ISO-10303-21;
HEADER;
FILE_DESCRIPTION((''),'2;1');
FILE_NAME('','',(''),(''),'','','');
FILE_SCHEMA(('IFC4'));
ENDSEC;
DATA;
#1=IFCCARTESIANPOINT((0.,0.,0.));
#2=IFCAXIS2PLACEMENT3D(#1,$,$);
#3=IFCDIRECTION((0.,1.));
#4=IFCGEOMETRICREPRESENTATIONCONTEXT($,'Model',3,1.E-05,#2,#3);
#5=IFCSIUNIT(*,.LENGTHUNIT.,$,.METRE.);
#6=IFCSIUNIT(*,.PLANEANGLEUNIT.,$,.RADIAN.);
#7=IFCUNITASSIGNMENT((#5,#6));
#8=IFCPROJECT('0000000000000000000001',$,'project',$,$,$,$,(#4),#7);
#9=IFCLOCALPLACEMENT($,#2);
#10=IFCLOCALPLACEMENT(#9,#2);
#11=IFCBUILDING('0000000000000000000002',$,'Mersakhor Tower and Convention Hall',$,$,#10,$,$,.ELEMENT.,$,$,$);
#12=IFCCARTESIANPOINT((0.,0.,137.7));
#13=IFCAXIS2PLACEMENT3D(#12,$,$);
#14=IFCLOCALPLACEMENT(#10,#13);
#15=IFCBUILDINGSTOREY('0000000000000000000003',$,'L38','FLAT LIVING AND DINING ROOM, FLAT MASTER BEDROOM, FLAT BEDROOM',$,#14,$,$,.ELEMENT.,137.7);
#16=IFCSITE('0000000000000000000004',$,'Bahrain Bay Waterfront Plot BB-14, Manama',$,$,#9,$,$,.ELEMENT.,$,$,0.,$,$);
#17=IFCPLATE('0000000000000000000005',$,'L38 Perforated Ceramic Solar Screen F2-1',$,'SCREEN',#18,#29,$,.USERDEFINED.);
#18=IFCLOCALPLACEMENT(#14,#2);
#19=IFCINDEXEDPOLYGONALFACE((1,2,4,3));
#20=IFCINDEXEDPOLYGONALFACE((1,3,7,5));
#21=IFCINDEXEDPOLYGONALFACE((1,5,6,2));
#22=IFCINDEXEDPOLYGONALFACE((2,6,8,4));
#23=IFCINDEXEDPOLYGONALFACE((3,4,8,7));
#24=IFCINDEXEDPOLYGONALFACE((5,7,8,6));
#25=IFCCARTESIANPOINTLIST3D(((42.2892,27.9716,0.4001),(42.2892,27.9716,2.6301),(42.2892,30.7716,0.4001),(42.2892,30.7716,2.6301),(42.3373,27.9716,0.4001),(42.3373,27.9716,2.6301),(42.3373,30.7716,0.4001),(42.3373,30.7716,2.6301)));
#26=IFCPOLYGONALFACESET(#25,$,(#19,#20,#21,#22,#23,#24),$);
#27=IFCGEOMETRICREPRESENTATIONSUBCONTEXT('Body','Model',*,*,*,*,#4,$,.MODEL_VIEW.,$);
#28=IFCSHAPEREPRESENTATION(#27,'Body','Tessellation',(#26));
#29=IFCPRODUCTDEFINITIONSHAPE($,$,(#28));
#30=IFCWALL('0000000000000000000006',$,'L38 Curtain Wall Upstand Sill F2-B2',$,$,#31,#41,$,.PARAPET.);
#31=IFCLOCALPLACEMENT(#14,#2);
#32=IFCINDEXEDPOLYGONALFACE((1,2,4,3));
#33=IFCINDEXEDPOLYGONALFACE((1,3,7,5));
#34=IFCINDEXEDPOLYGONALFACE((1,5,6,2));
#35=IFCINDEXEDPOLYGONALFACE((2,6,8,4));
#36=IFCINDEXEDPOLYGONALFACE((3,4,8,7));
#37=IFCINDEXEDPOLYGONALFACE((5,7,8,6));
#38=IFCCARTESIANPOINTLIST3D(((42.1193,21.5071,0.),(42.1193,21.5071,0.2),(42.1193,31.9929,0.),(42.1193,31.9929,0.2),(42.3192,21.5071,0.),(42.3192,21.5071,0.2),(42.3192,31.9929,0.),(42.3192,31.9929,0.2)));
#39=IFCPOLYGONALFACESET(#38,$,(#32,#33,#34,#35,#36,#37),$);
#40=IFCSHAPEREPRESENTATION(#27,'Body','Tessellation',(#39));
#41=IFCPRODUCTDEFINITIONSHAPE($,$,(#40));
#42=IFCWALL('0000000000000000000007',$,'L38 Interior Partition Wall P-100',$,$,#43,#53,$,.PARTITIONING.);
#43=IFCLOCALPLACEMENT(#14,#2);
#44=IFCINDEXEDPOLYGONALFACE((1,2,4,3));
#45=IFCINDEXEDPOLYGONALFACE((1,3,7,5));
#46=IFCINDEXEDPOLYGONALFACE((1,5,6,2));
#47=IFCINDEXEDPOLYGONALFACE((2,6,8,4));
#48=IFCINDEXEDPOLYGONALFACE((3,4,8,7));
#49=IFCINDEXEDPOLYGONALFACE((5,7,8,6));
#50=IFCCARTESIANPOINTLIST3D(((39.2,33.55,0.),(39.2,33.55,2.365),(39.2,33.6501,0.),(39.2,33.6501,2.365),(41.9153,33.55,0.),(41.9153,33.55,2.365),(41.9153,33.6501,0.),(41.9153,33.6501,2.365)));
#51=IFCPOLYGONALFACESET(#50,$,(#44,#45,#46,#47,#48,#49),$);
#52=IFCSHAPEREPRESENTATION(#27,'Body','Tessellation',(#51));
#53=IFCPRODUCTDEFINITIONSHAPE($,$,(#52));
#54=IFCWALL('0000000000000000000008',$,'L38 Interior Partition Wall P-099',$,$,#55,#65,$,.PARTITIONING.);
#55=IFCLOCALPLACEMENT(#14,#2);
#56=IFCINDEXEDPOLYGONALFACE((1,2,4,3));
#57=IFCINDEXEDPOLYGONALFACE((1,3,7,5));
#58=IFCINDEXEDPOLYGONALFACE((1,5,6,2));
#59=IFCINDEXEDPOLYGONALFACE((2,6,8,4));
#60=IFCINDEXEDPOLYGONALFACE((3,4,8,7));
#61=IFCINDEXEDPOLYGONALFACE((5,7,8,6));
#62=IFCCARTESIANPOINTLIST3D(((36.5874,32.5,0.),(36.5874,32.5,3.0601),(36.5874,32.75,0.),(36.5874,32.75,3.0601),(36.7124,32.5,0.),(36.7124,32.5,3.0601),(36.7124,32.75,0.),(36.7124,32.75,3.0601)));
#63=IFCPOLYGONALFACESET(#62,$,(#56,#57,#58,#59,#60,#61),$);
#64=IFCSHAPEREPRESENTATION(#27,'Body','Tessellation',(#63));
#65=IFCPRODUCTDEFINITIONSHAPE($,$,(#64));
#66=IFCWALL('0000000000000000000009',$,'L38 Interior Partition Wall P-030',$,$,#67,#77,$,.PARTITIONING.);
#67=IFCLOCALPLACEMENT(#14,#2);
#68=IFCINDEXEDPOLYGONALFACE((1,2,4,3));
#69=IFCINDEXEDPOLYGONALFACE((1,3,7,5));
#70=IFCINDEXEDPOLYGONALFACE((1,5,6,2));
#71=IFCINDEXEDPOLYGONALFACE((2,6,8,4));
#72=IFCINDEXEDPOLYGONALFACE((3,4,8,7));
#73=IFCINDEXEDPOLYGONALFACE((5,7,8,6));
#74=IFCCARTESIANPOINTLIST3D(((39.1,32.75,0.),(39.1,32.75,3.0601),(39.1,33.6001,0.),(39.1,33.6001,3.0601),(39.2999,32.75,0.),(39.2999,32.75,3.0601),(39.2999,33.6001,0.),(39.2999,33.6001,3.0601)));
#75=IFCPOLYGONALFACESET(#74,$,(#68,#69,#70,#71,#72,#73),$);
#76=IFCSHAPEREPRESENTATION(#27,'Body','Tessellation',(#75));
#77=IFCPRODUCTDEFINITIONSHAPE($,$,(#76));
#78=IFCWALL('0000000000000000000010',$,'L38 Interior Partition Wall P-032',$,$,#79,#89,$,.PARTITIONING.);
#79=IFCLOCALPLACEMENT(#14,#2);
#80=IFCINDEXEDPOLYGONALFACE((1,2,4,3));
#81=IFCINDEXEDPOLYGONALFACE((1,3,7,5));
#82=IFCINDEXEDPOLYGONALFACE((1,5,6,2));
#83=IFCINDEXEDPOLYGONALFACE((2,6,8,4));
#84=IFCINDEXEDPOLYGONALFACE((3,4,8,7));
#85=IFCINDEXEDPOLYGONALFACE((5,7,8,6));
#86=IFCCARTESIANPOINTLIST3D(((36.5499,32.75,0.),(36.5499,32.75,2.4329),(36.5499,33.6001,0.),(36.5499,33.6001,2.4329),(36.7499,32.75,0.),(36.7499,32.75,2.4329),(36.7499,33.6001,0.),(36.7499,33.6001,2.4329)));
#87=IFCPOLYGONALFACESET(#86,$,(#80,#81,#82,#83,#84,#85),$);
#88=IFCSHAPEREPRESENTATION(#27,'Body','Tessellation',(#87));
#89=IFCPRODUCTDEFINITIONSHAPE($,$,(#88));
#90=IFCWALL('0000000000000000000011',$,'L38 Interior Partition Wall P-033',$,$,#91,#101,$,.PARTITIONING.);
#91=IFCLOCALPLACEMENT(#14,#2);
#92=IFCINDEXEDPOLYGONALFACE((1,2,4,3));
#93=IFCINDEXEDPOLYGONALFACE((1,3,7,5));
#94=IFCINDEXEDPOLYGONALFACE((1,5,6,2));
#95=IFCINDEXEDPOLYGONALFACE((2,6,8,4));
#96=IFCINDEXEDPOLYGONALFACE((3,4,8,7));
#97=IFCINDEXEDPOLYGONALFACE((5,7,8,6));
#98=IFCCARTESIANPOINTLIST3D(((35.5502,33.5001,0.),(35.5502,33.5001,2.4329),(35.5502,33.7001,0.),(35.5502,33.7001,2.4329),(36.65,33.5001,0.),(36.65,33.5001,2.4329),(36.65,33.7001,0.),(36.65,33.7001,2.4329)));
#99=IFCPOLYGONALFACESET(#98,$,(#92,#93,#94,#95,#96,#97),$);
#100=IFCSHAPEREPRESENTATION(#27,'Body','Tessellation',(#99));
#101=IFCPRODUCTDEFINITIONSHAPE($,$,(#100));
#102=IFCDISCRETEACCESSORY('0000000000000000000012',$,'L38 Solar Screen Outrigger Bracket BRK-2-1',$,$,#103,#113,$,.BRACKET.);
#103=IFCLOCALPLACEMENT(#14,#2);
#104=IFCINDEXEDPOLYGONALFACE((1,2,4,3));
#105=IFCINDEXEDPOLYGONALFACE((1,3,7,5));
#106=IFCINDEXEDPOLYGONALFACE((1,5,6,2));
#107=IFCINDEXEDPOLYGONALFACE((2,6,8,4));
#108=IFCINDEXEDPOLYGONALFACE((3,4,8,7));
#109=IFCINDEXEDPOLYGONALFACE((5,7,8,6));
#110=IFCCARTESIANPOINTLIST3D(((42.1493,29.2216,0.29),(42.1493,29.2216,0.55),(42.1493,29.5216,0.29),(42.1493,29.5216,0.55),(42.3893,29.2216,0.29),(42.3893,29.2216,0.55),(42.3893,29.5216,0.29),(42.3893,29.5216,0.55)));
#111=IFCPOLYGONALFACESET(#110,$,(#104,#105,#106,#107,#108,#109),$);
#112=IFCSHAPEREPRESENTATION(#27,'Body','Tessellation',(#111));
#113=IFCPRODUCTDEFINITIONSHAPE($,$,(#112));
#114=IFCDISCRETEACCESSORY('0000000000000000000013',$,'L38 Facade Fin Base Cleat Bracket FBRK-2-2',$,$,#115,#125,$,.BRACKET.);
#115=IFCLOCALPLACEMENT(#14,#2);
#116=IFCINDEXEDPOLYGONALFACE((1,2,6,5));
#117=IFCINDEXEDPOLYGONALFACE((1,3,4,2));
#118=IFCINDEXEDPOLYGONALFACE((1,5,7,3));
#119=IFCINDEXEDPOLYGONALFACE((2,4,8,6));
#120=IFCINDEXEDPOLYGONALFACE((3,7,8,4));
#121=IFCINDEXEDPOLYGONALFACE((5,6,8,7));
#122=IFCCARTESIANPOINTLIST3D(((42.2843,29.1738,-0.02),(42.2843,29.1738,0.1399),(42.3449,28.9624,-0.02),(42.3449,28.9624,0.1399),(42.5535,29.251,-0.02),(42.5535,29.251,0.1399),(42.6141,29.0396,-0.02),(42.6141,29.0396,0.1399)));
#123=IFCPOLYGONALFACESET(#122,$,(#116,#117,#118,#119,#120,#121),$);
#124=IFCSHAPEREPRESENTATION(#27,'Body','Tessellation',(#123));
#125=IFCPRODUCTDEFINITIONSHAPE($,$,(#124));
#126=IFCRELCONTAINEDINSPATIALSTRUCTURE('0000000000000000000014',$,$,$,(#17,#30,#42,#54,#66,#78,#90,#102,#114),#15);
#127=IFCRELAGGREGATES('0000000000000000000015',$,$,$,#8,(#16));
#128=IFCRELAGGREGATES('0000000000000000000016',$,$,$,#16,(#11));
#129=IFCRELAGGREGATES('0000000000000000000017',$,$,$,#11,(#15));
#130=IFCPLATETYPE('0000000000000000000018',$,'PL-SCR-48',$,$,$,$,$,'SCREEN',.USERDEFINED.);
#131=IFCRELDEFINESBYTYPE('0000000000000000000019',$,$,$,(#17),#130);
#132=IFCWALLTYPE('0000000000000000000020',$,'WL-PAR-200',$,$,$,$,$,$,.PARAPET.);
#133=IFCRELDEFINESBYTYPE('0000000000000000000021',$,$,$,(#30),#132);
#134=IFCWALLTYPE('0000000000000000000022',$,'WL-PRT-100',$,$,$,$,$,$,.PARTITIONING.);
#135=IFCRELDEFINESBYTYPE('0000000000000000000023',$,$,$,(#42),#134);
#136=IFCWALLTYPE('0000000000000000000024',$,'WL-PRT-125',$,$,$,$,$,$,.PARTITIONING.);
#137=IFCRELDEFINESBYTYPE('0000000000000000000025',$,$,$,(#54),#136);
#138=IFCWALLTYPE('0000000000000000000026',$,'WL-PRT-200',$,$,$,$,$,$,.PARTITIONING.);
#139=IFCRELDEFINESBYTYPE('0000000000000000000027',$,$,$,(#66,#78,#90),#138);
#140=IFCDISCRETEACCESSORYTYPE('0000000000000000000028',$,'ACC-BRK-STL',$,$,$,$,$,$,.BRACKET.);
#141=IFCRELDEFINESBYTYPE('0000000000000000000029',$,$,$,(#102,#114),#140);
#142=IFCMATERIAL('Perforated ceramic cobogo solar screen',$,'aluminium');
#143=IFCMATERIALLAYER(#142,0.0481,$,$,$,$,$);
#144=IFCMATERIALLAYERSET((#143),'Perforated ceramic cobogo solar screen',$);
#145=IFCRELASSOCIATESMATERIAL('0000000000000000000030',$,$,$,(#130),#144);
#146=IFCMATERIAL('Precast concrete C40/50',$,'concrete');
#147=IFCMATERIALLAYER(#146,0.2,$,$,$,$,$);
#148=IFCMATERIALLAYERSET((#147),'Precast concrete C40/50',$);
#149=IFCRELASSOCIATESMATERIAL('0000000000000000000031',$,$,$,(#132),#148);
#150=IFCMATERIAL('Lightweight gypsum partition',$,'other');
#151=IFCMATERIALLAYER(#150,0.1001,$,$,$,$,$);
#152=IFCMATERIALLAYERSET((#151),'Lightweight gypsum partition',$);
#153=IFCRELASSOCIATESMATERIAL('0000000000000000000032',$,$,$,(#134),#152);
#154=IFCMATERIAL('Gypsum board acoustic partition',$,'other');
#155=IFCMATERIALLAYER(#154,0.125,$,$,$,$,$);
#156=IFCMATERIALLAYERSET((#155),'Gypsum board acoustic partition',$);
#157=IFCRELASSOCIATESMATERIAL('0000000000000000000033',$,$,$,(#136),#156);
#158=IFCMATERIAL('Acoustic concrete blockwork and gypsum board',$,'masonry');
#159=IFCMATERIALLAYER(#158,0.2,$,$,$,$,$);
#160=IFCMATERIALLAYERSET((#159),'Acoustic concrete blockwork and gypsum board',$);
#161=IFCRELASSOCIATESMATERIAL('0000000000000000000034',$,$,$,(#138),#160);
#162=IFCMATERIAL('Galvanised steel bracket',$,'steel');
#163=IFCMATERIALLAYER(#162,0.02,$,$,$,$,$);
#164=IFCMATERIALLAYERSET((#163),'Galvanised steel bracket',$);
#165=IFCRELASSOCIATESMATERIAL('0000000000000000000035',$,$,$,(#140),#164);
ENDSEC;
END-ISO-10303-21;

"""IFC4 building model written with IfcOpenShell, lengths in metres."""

from ifc_helpers import new_model, si_unit, direction, frame, frame_2d, origin, origin_2d, place, context, subcontext, project, spatial, rectangle, extrude, material, layer, layer_set, type_object, element, save


model = new_model("IFC4")

# Units and contexts
model_context = context("Model", 3, precision=1e-05, world=origin(), true_north=direction((0.0, 1.0)))
body_context = subcontext(model_context, "Body", "Model", "MODEL_VIEW")
ifc_project = project(units=[si_unit("LENGTHUNIT", "METRE"), si_unit("PLANEANGLEUNIT", "RADIAN")], contexts=[model_context])

# Site, building, storey
site_placement = place(None, origin())
site = spatial("IfcSite", under=ifc_project, at=site_placement, Name="Bahrain Bay Waterfront Plot BB-14, Manama", CompositionType="ELEMENT", RefElevation=0.0)
building_placement = place(site_placement, origin())
building = spatial("IfcBuilding", under=site, at=building_placement, Name="Mersakhor Tower and Convention Hall", CompositionType="ELEMENT")
storey_placement = place(building_placement, frame((0.0, 0.0, 137.7)))
storey = spatial("IfcBuildingStorey", under=building, at=storey_placement, Name="L38", Description="FLAT LIVING AND DINING ROOM, FLAT MASTER BEDROOM, FLAT BEDROOM", CompositionType="ELEMENT", Elevation=137.7)

# Plate
ifc_material_1 = material(Name="Perforated ceramic cobogo solar screen", Category="aluminium")
ifc_layer_1 = layer(ifc_material_1, 0.0481)
ifc_layer_set_1 = layer_set([ifc_layer_1], Name="Perforated ceramic cobogo solar screen")
plate_type_1 = type_object("IfcPlateType", Name="PL-SCR-48", ElementType="SCREEN", PredefinedType="USERDEFINED", material=ifc_layer_set_1)
plate_1_placement = place(storey_placement, frame((42.3132, 29.3716, 0.4001), z_axis=(0.0, 0.0, 1.0), x_axis=(0.0, -1.0, 0.0)))
element("IfcPlate", 1, at=plate_1_placement, inside=storey, type_object=plate_type_1, Name="L38 Perforated Ceramic Solar Screen F2-1", ObjectType="SCREEN", PredefinedType="USERDEFINED", context=body_context, shape_type="SweptSolid", body=[
    extrude(rectangle(XDim=2.8, YDim=0.0481, at=origin_2d()), origin(), (0.0, 0.0, 1.0), 2.23),
])

# Walls
ifc_material_2 = material(Name="Precast concrete C40/50", Category="concrete")
ifc_layer_2 = layer(ifc_material_2, 0.2)
ifc_layer_set_2 = layer_set([ifc_layer_2], Name="Precast concrete C40/50")
wall_type_1 = type_object("IfcWallType", Name="WL-PAR-200", PredefinedType="PARAPET", material=ifc_layer_set_2)
wall_1_placement = place(storey_placement, frame((42.2192, 31.9929, 0.0), z_axis=(0.0, 0.0, 1.0), x_axis=(0.0, -1.0, 0.0)))
element("IfcWall", 2, at=wall_1_placement, inside=storey, type_object=wall_type_1, Name="L38 Curtain Wall Upstand Sill F2-B2", PredefinedType="PARAPET", context=body_context, shape_type="SweptSolid", body=[
    extrude(rectangle(XDim=10.4858, YDim=0.2, at=frame_2d((5.2429, 0.0))), origin(), (0.0, 0.0, 1.0), 0.2),
])
ifc_material_3 = material(Name="Lightweight gypsum partition", Category="other")
ifc_layer_3 = layer(ifc_material_3, 0.1001)
ifc_layer_set_3 = layer_set([ifc_layer_3], Name="Lightweight gypsum partition")
wall_type_2 = type_object("IfcWallType", Name="WL-PRT-100", PredefinedType="PARTITIONING", material=ifc_layer_set_3)
wall_2_placement = place(storey_placement, frame((39.2, 33.6001, 0.0), z_axis=(0.0, 0.0, 1.0), x_axis=(1.0, 0.0, 0.0)))
element("IfcWall", 3, at=wall_2_placement, inside=storey, type_object=wall_type_2, Name="L38 Interior Partition Wall P-100", PredefinedType="PARTITIONING", context=body_context, shape_type="SweptSolid", body=[
    extrude(rectangle(XDim=2.7153, YDim=0.1001, at=frame_2d((1.3577, 0.0))), origin(), (0.0, 0.0, 1.0), 2.365),
])
ifc_material_4 = material(Name="Gypsum board acoustic partition", Category="other")
ifc_layer_4 = layer(ifc_material_4, 0.125)
ifc_layer_set_4 = layer_set([ifc_layer_4], Name="Gypsum board acoustic partition")
wall_type_3 = type_object("IfcWallType", Name="WL-PRT-125", PredefinedType="PARTITIONING", material=ifc_layer_set_4)
wall_3_placement = place(storey_placement, frame((36.6499, 32.5, 0.0), z_axis=(0.0, 0.0, 1.0), x_axis=(0.0, 1.0, 0.0)))
element("IfcWall", 4, at=wall_3_placement, inside=storey, type_object=wall_type_3, Name="L38 Interior Partition Wall P-099", PredefinedType="PARTITIONING", context=body_context, shape_type="SweptSolid", body=[
    extrude(rectangle(XDim=0.25, YDim=0.125, at=frame_2d((0.125, 0.0))), origin(), (0.0, 0.0, 1.0), 3.0601),
])
ifc_material_5 = material(Name="Acoustic concrete blockwork and gypsum board", Category="masonry")
ifc_layer_5 = layer(ifc_material_5, 0.2)
ifc_layer_set_5 = layer_set([ifc_layer_5], Name="Acoustic concrete blockwork and gypsum board")
wall_type_4 = type_object("IfcWallType", Name="WL-PRT-200", PredefinedType="PARTITIONING", material=ifc_layer_set_5)
wall_4_placement = place(storey_placement, frame((39.2, 33.6001, 0.0), z_axis=(0.0, 0.0, 1.0), x_axis=(0.0, -1.0, 0.0)))
element("IfcWall", 5, at=wall_4_placement, inside=storey, type_object=wall_type_4, Name="L38 Interior Partition Wall P-030", PredefinedType="PARTITIONING", context=body_context, shape_type="SweptSolid", body=[
    extrude(rectangle(XDim=0.8501, YDim=0.2, at=frame_2d((0.425, 0.0))), origin(), (0.0, 0.0, 1.0), 3.0601),
])

# Walls
wall_5_placement = place(storey_placement, frame((36.6499, 32.75, 0.0), z_axis=(0.0, 0.0, 1.0), x_axis=(0.0, 1.0, 0.0)))
element("IfcWall", 6, at=wall_5_placement, inside=storey, type_object=wall_type_4, Name="L38 Interior Partition Wall P-032", PredefinedType="PARTITIONING", context=body_context, shape_type="SweptSolid", body=[
    extrude(rectangle(XDim=0.8501, YDim=0.2, at=frame_2d((0.425, 0.0))), origin(), (0.0, 0.0, 1.0), 2.4329),
])
wall_6_placement = place(storey_placement, frame((36.6499, 33.6001, 0.0), z_axis=(0.0, 0.0, 1.0), x_axis=(-1.0, 0.0, 0.0)))
element("IfcWall", 7, at=wall_6_placement, inside=storey, type_object=wall_type_4, Name="L38 Interior Partition Wall P-033", PredefinedType="PARTITIONING", context=body_context, shape_type="SweptSolid", body=[
    extrude(rectangle(XDim=1.0999, YDim=0.2, at=frame_2d((0.5498, 0.0))), origin(), (0.0, 0.0, 1.0), 2.4329),
])

# Discrete accessories
ifc_material_6 = material(Name="Galvanised steel bracket", Category="steel")
ifc_layer_6 = layer(ifc_material_6, 0.02)
ifc_layer_set_6 = layer_set([ifc_layer_6], Name="Galvanised steel bracket")
discrete_accessory_type = type_object("IfcDiscreteAccessoryType", Name="ACC-BRK-STL", PredefinedType="BRACKET", material=ifc_layer_set_6)
discrete_accessory_1_placement = place(storey_placement, frame((42.2693, 29.3716, 0.29), z_axis=(0.0, 0.0, 1.0), x_axis=(0.0, -1.0, 0.0)))
element("IfcDiscreteAccessory", 8, at=discrete_accessory_1_placement, inside=storey, type_object=discrete_accessory_type, Name="L38 Solar Screen Outrigger Bracket BRK-2-1", PredefinedType="BRACKET", context=body_context, shape_type="SweptSolid", body=[
    extrude(rectangle(XDim=0.3, YDim=0.24, at=origin_2d()), origin(), (0.0, 0.0, 1.0), 0.26),
])
discrete_accessory_2_placement = place(storey_placement, frame((42.4492, 29.1067, -0.02), z_axis=(0.0, 0.0, 1.0), x_axis=(0.961262, 0.275637, 0.0)))
element("IfcDiscreteAccessory", 9, at=discrete_accessory_2_placement, inside=storey, type_object=discrete_accessory_type, Name="L38 Facade Fin Base Cleat Bracket FBRK-2-2", PredefinedType="BRACKET", context=body_context, shape_type="SweptSolid", body=[
    extrude(rectangle(XDim=0.28, YDim=0.22, at=origin_2d()), origin(), (0.0, 0.0, 1.0), 0.1599),
])

save(model, "model.ifc")
